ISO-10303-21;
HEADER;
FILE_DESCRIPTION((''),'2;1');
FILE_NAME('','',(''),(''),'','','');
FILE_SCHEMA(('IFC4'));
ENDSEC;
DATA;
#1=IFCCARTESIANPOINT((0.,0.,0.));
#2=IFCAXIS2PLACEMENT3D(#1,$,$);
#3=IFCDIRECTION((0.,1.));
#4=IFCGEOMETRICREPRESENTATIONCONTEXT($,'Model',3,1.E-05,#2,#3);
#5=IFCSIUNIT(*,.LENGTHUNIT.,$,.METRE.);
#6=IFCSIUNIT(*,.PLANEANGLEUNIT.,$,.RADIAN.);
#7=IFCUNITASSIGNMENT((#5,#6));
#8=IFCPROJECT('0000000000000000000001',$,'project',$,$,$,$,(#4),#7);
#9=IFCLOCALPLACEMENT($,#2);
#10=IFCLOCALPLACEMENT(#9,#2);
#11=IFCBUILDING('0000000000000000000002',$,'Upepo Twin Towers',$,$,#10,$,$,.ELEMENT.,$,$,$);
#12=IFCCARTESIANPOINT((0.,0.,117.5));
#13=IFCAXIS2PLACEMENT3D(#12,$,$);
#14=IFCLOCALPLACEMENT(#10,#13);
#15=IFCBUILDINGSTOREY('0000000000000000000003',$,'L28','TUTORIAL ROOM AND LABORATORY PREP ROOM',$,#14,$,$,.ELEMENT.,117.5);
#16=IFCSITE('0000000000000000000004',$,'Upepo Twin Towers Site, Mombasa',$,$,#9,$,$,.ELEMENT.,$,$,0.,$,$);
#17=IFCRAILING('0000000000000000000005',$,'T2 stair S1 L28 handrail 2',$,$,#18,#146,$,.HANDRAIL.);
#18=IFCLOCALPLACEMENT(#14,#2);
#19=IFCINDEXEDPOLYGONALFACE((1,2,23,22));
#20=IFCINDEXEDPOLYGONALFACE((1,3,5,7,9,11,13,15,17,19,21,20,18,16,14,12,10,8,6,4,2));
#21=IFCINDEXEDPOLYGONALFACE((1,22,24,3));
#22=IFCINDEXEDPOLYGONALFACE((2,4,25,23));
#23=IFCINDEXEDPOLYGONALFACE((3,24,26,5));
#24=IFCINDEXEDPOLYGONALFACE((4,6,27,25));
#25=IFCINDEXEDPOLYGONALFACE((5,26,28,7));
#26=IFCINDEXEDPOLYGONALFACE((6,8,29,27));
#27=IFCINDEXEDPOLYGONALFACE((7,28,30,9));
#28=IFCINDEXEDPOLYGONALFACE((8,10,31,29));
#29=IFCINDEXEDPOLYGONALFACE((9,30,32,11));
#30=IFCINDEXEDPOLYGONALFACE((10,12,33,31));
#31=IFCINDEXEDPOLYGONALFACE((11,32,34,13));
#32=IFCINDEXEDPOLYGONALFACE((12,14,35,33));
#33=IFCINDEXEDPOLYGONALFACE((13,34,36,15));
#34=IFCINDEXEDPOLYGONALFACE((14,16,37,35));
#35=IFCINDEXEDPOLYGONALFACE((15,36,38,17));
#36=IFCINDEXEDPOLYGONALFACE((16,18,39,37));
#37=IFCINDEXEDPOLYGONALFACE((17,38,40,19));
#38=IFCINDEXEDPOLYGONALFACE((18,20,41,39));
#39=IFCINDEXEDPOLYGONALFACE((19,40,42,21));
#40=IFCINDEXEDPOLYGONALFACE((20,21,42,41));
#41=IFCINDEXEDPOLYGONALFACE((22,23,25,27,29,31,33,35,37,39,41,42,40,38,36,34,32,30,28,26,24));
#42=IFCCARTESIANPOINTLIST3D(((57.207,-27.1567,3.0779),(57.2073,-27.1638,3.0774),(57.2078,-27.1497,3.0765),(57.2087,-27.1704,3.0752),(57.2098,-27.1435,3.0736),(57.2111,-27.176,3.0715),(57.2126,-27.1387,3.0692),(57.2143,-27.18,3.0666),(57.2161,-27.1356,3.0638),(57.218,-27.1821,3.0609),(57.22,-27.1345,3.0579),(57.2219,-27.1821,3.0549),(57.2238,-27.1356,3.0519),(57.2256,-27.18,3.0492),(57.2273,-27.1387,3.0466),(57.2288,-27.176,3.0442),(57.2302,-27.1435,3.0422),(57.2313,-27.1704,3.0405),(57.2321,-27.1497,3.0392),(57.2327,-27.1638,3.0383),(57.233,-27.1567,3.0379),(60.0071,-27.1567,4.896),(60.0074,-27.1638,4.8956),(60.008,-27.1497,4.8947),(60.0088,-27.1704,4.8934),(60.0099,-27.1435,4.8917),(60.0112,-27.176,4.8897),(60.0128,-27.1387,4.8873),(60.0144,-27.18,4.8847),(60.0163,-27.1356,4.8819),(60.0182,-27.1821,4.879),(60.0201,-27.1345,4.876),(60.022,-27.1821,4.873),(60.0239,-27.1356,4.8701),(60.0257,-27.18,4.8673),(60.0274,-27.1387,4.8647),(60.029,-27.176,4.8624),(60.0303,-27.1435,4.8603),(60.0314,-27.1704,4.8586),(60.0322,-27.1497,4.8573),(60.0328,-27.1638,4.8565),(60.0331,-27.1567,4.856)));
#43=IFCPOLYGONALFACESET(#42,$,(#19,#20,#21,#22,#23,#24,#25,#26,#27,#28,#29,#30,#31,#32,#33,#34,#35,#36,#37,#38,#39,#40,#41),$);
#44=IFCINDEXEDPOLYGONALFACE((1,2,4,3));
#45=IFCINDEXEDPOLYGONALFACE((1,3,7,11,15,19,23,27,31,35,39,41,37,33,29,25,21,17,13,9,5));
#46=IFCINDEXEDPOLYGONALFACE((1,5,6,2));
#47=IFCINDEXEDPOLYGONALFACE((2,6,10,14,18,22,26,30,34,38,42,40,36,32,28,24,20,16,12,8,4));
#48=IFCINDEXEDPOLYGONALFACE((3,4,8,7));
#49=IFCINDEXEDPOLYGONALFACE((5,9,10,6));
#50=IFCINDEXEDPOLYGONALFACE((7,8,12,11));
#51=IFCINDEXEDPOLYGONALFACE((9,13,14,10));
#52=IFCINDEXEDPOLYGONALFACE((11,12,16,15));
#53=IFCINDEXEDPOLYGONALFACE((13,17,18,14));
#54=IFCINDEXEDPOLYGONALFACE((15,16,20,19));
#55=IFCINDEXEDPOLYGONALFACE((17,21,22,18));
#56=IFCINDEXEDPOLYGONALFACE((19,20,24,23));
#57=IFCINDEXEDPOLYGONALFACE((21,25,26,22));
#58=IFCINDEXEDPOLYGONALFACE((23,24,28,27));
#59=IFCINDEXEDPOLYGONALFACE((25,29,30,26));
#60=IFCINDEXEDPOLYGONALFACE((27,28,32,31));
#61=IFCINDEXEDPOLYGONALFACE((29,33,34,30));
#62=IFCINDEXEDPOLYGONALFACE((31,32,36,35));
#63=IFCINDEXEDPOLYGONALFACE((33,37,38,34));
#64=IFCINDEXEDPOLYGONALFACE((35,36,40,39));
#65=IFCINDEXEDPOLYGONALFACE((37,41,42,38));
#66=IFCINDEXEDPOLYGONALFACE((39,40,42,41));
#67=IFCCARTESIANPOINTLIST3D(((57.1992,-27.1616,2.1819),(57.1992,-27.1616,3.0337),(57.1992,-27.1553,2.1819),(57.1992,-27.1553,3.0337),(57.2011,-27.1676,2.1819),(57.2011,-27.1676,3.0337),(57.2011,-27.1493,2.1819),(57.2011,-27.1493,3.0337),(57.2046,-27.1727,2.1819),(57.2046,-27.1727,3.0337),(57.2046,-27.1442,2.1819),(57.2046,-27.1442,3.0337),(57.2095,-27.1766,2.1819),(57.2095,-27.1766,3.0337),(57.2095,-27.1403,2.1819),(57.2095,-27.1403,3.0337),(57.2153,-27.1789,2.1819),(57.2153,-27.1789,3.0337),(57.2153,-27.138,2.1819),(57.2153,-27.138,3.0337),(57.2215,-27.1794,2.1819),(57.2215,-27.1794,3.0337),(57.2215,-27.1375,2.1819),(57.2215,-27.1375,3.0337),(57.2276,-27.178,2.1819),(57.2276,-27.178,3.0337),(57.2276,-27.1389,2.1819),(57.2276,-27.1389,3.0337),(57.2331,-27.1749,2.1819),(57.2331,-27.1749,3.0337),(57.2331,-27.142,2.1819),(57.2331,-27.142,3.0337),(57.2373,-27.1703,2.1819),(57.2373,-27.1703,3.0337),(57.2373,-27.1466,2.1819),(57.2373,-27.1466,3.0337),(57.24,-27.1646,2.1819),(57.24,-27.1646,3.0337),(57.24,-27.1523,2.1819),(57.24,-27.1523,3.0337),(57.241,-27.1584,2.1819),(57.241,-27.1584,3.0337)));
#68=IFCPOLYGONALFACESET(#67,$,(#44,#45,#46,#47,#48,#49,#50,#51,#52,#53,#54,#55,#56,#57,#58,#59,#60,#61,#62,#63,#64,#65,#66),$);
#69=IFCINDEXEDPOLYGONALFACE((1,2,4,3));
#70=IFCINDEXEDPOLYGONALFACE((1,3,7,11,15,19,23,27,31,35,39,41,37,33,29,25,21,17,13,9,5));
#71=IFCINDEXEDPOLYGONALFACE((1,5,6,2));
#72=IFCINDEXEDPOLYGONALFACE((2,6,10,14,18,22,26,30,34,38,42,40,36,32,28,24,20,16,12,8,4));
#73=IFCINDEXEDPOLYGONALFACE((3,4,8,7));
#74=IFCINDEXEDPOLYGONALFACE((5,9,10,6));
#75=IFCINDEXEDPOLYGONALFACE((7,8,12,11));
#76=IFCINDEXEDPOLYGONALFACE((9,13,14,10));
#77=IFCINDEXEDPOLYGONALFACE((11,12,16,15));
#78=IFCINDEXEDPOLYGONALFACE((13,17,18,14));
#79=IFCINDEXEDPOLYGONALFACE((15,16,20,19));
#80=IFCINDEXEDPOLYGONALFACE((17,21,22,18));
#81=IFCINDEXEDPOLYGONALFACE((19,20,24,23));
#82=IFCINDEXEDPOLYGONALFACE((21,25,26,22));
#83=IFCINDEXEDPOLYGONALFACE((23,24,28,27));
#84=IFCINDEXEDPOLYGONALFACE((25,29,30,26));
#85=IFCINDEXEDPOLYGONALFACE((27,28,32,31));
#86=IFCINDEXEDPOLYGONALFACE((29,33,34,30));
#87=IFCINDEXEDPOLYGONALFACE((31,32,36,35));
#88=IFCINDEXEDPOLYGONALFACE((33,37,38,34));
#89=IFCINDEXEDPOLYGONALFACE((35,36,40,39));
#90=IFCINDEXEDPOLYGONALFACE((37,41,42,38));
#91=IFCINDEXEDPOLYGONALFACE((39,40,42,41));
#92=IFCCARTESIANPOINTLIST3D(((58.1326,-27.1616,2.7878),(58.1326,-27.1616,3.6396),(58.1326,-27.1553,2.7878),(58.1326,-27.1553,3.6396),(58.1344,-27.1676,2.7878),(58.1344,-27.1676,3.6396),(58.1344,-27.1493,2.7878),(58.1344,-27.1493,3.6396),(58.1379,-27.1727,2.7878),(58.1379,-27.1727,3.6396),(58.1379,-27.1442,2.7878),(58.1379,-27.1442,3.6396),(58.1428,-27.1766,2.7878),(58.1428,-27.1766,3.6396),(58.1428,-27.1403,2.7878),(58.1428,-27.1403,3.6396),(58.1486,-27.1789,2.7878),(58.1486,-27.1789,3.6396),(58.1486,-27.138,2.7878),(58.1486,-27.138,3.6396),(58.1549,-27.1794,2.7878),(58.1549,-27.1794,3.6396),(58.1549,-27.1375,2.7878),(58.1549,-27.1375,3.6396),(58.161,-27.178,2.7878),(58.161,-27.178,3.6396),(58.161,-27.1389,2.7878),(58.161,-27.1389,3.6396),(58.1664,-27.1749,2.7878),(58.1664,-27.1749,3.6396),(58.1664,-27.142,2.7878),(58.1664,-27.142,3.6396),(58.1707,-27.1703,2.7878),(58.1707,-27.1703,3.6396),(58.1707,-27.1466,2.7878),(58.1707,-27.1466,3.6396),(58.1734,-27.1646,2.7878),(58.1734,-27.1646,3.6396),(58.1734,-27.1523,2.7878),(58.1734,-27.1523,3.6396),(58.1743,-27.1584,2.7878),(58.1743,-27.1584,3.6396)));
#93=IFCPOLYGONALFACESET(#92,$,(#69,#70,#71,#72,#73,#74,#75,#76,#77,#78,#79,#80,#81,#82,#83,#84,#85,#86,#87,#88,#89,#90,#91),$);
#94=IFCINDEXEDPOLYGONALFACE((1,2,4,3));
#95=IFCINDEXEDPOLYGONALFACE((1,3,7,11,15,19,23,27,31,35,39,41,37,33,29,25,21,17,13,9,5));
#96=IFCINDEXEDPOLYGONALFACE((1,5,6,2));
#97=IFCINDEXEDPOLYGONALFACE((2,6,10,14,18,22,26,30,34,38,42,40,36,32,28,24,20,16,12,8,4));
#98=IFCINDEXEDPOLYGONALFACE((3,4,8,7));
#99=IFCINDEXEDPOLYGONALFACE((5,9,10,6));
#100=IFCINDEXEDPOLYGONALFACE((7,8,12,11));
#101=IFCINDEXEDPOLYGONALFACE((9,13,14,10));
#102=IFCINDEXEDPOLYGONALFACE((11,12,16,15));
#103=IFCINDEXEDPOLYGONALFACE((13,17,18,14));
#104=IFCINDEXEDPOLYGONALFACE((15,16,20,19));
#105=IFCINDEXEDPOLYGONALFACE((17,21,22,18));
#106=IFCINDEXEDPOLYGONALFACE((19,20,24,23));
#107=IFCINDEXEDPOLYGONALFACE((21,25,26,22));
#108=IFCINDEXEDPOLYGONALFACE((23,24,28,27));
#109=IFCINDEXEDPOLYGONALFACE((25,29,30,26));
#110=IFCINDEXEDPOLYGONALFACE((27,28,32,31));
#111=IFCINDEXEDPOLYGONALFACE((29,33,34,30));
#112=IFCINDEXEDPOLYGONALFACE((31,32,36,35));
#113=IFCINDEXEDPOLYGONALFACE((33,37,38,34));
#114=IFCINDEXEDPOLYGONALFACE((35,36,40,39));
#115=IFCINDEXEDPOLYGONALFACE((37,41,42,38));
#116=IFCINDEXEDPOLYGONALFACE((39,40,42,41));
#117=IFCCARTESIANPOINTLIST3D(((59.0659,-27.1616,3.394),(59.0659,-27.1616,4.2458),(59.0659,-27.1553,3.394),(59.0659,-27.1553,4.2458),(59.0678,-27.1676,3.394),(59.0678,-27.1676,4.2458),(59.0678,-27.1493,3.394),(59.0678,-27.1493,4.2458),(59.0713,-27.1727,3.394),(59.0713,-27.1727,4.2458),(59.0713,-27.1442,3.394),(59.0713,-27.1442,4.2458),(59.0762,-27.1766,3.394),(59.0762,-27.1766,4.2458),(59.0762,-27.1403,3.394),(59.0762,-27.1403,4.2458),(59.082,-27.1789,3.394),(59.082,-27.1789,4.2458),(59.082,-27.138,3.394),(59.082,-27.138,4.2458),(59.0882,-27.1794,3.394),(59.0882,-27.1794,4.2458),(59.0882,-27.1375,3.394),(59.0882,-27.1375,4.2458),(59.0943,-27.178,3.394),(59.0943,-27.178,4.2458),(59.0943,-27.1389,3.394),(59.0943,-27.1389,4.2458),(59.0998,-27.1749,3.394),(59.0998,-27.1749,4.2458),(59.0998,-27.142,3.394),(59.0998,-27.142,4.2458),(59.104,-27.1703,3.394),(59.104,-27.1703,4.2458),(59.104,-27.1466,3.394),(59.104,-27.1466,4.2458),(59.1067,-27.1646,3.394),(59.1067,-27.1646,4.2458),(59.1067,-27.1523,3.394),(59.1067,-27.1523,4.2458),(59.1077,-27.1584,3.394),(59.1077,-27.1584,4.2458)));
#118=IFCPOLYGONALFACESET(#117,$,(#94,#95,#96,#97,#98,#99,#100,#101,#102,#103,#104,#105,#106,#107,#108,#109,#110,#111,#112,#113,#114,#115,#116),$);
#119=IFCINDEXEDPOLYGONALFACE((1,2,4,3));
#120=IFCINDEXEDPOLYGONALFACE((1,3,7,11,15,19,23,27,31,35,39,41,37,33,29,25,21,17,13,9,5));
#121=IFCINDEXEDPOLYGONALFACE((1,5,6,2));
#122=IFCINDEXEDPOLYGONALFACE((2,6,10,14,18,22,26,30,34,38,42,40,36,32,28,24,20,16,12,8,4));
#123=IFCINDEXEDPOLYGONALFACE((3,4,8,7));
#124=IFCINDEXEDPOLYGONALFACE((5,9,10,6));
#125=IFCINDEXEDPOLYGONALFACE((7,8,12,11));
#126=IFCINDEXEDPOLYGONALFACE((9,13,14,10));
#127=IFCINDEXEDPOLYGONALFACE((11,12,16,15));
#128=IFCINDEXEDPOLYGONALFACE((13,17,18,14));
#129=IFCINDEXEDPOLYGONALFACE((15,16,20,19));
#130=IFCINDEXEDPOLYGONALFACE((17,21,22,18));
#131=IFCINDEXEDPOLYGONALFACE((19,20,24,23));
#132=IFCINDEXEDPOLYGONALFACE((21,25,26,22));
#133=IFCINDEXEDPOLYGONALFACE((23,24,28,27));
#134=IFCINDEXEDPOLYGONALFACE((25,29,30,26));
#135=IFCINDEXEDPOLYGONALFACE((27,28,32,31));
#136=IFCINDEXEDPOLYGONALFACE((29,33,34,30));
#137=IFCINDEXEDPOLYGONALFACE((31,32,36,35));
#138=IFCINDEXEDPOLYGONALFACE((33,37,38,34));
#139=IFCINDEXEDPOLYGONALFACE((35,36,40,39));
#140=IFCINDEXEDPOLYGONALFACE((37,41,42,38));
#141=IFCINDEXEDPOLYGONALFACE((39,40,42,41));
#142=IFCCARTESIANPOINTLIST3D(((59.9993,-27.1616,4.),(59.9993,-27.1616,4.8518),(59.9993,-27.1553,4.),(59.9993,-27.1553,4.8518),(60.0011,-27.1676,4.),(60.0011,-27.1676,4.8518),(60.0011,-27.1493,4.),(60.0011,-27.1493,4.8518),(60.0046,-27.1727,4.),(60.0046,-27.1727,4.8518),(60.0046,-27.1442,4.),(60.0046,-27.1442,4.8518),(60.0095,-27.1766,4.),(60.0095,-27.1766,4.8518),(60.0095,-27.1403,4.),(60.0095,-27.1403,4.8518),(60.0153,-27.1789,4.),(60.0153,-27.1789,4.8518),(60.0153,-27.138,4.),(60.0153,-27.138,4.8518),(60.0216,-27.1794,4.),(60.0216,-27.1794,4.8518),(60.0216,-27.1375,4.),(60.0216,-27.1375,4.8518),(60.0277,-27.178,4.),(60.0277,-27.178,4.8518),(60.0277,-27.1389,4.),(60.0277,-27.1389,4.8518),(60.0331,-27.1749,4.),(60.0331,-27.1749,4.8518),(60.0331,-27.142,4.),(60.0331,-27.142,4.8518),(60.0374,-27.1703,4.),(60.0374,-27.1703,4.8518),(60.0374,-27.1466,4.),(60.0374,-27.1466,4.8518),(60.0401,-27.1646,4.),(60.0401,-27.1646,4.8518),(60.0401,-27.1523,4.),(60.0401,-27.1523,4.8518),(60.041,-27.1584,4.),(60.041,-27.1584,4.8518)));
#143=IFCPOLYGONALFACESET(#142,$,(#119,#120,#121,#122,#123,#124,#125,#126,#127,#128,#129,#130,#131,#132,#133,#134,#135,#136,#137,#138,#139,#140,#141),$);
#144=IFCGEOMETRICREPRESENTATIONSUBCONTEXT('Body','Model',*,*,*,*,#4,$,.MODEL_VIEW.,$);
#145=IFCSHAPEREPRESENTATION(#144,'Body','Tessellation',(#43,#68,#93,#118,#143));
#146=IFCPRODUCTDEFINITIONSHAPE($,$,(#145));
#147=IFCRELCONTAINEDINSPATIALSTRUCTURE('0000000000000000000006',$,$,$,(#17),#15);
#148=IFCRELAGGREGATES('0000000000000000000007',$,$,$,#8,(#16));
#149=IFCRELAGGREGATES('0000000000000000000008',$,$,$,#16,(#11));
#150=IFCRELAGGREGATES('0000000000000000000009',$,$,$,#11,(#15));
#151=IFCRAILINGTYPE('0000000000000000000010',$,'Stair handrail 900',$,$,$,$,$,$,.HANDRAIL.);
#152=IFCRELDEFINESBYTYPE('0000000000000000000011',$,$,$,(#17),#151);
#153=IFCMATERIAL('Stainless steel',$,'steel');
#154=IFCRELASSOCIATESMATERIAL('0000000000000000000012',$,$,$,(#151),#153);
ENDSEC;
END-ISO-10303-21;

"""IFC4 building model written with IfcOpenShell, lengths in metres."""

from ifc_helpers import new_model, si_unit, direction, frame, origin, origin_2d, place, context, subcontext, project, spatial, circle, extrude, material, type_object, element, save


model = new_model("IFC4")

# Units and contexts
model_context = context("Model", 3, precision=1e-05, world=origin(), true_north=direction((0.0, 1.0)))
body_context = subcontext(model_context, "Body", "Model", "MODEL_VIEW")
ifc_project = project(units=[si_unit("LENGTHUNIT", "METRE"), si_unit("PLANEANGLEUNIT", "RADIAN")], contexts=[model_context])

# Site, building, storey
site_placement = place(None, origin())
site = spatial("IfcSite", under=ifc_project, at=site_placement, Name="Upepo Twin Towers Site, Mombasa", CompositionType="ELEMENT", RefElevation=0.0)
building_placement = place(site_placement, origin())
building = spatial("IfcBuilding", under=site, at=building_placement, Name="Upepo Twin Towers", CompositionType="ELEMENT")
storey_placement = place(building_placement, frame((0.0, 0.0, 117.5)))
storey = spatial("IfcBuildingStorey", under=building, at=storey_placement, Name="L28", Description="TUTORIAL ROOM AND LABORATORY PREP ROOM", CompositionType="ELEMENT", Elevation=117.5)

# Railing
ifc_material_1 = material(Name="Stainless steel", Category="steel")
railing_type = type_object("IfcRailingType", Name="Stair handrail 900", PredefinedType="HANDRAIL", material=ifc_material_1)
railing_1_placement = place(storey_placement, frame((57.22, -27.1584, 2.1819)))
element("IfcRailing", 1, at=railing_1_placement, inside=storey, type_object=railing_type, Name="T2 stair S1 L28 handrail 2", PredefinedType="HANDRAIL", context=body_context, shape_type="SweptSolid", body=[
    extrude(circle(Radius=0.0239, at=origin_2d()), frame((0.0, 0.0, 0.876), z_axis=(0.838706, 0.0, 0.544585), x_axis=(0.0, 1.0, 0.0)), (0.0, 0.0, 1.0), 3.3386),
    extrude(circle(Radius=0.021, at=origin_2d()), origin(), (0.0, 0.0, 1.0), 0.8518),
    extrude(circle(Radius=0.021, at=origin_2d()), frame((0.9333, 0.0, 0.606)), (0.0, 0.0, 1.0), 0.8518),
    extrude(circle(Radius=0.021, at=origin_2d()), frame((1.8667, 0.0, 1.2122)), (0.0, 0.0, 1.0), 0.8518),
    extrude(circle(Radius=0.021, at=origin_2d()), frame((2.8, 0.0, 1.8181)), (0.0, 0.0, 1.0), 0.8518),
])

save(model, "model.ifc")
